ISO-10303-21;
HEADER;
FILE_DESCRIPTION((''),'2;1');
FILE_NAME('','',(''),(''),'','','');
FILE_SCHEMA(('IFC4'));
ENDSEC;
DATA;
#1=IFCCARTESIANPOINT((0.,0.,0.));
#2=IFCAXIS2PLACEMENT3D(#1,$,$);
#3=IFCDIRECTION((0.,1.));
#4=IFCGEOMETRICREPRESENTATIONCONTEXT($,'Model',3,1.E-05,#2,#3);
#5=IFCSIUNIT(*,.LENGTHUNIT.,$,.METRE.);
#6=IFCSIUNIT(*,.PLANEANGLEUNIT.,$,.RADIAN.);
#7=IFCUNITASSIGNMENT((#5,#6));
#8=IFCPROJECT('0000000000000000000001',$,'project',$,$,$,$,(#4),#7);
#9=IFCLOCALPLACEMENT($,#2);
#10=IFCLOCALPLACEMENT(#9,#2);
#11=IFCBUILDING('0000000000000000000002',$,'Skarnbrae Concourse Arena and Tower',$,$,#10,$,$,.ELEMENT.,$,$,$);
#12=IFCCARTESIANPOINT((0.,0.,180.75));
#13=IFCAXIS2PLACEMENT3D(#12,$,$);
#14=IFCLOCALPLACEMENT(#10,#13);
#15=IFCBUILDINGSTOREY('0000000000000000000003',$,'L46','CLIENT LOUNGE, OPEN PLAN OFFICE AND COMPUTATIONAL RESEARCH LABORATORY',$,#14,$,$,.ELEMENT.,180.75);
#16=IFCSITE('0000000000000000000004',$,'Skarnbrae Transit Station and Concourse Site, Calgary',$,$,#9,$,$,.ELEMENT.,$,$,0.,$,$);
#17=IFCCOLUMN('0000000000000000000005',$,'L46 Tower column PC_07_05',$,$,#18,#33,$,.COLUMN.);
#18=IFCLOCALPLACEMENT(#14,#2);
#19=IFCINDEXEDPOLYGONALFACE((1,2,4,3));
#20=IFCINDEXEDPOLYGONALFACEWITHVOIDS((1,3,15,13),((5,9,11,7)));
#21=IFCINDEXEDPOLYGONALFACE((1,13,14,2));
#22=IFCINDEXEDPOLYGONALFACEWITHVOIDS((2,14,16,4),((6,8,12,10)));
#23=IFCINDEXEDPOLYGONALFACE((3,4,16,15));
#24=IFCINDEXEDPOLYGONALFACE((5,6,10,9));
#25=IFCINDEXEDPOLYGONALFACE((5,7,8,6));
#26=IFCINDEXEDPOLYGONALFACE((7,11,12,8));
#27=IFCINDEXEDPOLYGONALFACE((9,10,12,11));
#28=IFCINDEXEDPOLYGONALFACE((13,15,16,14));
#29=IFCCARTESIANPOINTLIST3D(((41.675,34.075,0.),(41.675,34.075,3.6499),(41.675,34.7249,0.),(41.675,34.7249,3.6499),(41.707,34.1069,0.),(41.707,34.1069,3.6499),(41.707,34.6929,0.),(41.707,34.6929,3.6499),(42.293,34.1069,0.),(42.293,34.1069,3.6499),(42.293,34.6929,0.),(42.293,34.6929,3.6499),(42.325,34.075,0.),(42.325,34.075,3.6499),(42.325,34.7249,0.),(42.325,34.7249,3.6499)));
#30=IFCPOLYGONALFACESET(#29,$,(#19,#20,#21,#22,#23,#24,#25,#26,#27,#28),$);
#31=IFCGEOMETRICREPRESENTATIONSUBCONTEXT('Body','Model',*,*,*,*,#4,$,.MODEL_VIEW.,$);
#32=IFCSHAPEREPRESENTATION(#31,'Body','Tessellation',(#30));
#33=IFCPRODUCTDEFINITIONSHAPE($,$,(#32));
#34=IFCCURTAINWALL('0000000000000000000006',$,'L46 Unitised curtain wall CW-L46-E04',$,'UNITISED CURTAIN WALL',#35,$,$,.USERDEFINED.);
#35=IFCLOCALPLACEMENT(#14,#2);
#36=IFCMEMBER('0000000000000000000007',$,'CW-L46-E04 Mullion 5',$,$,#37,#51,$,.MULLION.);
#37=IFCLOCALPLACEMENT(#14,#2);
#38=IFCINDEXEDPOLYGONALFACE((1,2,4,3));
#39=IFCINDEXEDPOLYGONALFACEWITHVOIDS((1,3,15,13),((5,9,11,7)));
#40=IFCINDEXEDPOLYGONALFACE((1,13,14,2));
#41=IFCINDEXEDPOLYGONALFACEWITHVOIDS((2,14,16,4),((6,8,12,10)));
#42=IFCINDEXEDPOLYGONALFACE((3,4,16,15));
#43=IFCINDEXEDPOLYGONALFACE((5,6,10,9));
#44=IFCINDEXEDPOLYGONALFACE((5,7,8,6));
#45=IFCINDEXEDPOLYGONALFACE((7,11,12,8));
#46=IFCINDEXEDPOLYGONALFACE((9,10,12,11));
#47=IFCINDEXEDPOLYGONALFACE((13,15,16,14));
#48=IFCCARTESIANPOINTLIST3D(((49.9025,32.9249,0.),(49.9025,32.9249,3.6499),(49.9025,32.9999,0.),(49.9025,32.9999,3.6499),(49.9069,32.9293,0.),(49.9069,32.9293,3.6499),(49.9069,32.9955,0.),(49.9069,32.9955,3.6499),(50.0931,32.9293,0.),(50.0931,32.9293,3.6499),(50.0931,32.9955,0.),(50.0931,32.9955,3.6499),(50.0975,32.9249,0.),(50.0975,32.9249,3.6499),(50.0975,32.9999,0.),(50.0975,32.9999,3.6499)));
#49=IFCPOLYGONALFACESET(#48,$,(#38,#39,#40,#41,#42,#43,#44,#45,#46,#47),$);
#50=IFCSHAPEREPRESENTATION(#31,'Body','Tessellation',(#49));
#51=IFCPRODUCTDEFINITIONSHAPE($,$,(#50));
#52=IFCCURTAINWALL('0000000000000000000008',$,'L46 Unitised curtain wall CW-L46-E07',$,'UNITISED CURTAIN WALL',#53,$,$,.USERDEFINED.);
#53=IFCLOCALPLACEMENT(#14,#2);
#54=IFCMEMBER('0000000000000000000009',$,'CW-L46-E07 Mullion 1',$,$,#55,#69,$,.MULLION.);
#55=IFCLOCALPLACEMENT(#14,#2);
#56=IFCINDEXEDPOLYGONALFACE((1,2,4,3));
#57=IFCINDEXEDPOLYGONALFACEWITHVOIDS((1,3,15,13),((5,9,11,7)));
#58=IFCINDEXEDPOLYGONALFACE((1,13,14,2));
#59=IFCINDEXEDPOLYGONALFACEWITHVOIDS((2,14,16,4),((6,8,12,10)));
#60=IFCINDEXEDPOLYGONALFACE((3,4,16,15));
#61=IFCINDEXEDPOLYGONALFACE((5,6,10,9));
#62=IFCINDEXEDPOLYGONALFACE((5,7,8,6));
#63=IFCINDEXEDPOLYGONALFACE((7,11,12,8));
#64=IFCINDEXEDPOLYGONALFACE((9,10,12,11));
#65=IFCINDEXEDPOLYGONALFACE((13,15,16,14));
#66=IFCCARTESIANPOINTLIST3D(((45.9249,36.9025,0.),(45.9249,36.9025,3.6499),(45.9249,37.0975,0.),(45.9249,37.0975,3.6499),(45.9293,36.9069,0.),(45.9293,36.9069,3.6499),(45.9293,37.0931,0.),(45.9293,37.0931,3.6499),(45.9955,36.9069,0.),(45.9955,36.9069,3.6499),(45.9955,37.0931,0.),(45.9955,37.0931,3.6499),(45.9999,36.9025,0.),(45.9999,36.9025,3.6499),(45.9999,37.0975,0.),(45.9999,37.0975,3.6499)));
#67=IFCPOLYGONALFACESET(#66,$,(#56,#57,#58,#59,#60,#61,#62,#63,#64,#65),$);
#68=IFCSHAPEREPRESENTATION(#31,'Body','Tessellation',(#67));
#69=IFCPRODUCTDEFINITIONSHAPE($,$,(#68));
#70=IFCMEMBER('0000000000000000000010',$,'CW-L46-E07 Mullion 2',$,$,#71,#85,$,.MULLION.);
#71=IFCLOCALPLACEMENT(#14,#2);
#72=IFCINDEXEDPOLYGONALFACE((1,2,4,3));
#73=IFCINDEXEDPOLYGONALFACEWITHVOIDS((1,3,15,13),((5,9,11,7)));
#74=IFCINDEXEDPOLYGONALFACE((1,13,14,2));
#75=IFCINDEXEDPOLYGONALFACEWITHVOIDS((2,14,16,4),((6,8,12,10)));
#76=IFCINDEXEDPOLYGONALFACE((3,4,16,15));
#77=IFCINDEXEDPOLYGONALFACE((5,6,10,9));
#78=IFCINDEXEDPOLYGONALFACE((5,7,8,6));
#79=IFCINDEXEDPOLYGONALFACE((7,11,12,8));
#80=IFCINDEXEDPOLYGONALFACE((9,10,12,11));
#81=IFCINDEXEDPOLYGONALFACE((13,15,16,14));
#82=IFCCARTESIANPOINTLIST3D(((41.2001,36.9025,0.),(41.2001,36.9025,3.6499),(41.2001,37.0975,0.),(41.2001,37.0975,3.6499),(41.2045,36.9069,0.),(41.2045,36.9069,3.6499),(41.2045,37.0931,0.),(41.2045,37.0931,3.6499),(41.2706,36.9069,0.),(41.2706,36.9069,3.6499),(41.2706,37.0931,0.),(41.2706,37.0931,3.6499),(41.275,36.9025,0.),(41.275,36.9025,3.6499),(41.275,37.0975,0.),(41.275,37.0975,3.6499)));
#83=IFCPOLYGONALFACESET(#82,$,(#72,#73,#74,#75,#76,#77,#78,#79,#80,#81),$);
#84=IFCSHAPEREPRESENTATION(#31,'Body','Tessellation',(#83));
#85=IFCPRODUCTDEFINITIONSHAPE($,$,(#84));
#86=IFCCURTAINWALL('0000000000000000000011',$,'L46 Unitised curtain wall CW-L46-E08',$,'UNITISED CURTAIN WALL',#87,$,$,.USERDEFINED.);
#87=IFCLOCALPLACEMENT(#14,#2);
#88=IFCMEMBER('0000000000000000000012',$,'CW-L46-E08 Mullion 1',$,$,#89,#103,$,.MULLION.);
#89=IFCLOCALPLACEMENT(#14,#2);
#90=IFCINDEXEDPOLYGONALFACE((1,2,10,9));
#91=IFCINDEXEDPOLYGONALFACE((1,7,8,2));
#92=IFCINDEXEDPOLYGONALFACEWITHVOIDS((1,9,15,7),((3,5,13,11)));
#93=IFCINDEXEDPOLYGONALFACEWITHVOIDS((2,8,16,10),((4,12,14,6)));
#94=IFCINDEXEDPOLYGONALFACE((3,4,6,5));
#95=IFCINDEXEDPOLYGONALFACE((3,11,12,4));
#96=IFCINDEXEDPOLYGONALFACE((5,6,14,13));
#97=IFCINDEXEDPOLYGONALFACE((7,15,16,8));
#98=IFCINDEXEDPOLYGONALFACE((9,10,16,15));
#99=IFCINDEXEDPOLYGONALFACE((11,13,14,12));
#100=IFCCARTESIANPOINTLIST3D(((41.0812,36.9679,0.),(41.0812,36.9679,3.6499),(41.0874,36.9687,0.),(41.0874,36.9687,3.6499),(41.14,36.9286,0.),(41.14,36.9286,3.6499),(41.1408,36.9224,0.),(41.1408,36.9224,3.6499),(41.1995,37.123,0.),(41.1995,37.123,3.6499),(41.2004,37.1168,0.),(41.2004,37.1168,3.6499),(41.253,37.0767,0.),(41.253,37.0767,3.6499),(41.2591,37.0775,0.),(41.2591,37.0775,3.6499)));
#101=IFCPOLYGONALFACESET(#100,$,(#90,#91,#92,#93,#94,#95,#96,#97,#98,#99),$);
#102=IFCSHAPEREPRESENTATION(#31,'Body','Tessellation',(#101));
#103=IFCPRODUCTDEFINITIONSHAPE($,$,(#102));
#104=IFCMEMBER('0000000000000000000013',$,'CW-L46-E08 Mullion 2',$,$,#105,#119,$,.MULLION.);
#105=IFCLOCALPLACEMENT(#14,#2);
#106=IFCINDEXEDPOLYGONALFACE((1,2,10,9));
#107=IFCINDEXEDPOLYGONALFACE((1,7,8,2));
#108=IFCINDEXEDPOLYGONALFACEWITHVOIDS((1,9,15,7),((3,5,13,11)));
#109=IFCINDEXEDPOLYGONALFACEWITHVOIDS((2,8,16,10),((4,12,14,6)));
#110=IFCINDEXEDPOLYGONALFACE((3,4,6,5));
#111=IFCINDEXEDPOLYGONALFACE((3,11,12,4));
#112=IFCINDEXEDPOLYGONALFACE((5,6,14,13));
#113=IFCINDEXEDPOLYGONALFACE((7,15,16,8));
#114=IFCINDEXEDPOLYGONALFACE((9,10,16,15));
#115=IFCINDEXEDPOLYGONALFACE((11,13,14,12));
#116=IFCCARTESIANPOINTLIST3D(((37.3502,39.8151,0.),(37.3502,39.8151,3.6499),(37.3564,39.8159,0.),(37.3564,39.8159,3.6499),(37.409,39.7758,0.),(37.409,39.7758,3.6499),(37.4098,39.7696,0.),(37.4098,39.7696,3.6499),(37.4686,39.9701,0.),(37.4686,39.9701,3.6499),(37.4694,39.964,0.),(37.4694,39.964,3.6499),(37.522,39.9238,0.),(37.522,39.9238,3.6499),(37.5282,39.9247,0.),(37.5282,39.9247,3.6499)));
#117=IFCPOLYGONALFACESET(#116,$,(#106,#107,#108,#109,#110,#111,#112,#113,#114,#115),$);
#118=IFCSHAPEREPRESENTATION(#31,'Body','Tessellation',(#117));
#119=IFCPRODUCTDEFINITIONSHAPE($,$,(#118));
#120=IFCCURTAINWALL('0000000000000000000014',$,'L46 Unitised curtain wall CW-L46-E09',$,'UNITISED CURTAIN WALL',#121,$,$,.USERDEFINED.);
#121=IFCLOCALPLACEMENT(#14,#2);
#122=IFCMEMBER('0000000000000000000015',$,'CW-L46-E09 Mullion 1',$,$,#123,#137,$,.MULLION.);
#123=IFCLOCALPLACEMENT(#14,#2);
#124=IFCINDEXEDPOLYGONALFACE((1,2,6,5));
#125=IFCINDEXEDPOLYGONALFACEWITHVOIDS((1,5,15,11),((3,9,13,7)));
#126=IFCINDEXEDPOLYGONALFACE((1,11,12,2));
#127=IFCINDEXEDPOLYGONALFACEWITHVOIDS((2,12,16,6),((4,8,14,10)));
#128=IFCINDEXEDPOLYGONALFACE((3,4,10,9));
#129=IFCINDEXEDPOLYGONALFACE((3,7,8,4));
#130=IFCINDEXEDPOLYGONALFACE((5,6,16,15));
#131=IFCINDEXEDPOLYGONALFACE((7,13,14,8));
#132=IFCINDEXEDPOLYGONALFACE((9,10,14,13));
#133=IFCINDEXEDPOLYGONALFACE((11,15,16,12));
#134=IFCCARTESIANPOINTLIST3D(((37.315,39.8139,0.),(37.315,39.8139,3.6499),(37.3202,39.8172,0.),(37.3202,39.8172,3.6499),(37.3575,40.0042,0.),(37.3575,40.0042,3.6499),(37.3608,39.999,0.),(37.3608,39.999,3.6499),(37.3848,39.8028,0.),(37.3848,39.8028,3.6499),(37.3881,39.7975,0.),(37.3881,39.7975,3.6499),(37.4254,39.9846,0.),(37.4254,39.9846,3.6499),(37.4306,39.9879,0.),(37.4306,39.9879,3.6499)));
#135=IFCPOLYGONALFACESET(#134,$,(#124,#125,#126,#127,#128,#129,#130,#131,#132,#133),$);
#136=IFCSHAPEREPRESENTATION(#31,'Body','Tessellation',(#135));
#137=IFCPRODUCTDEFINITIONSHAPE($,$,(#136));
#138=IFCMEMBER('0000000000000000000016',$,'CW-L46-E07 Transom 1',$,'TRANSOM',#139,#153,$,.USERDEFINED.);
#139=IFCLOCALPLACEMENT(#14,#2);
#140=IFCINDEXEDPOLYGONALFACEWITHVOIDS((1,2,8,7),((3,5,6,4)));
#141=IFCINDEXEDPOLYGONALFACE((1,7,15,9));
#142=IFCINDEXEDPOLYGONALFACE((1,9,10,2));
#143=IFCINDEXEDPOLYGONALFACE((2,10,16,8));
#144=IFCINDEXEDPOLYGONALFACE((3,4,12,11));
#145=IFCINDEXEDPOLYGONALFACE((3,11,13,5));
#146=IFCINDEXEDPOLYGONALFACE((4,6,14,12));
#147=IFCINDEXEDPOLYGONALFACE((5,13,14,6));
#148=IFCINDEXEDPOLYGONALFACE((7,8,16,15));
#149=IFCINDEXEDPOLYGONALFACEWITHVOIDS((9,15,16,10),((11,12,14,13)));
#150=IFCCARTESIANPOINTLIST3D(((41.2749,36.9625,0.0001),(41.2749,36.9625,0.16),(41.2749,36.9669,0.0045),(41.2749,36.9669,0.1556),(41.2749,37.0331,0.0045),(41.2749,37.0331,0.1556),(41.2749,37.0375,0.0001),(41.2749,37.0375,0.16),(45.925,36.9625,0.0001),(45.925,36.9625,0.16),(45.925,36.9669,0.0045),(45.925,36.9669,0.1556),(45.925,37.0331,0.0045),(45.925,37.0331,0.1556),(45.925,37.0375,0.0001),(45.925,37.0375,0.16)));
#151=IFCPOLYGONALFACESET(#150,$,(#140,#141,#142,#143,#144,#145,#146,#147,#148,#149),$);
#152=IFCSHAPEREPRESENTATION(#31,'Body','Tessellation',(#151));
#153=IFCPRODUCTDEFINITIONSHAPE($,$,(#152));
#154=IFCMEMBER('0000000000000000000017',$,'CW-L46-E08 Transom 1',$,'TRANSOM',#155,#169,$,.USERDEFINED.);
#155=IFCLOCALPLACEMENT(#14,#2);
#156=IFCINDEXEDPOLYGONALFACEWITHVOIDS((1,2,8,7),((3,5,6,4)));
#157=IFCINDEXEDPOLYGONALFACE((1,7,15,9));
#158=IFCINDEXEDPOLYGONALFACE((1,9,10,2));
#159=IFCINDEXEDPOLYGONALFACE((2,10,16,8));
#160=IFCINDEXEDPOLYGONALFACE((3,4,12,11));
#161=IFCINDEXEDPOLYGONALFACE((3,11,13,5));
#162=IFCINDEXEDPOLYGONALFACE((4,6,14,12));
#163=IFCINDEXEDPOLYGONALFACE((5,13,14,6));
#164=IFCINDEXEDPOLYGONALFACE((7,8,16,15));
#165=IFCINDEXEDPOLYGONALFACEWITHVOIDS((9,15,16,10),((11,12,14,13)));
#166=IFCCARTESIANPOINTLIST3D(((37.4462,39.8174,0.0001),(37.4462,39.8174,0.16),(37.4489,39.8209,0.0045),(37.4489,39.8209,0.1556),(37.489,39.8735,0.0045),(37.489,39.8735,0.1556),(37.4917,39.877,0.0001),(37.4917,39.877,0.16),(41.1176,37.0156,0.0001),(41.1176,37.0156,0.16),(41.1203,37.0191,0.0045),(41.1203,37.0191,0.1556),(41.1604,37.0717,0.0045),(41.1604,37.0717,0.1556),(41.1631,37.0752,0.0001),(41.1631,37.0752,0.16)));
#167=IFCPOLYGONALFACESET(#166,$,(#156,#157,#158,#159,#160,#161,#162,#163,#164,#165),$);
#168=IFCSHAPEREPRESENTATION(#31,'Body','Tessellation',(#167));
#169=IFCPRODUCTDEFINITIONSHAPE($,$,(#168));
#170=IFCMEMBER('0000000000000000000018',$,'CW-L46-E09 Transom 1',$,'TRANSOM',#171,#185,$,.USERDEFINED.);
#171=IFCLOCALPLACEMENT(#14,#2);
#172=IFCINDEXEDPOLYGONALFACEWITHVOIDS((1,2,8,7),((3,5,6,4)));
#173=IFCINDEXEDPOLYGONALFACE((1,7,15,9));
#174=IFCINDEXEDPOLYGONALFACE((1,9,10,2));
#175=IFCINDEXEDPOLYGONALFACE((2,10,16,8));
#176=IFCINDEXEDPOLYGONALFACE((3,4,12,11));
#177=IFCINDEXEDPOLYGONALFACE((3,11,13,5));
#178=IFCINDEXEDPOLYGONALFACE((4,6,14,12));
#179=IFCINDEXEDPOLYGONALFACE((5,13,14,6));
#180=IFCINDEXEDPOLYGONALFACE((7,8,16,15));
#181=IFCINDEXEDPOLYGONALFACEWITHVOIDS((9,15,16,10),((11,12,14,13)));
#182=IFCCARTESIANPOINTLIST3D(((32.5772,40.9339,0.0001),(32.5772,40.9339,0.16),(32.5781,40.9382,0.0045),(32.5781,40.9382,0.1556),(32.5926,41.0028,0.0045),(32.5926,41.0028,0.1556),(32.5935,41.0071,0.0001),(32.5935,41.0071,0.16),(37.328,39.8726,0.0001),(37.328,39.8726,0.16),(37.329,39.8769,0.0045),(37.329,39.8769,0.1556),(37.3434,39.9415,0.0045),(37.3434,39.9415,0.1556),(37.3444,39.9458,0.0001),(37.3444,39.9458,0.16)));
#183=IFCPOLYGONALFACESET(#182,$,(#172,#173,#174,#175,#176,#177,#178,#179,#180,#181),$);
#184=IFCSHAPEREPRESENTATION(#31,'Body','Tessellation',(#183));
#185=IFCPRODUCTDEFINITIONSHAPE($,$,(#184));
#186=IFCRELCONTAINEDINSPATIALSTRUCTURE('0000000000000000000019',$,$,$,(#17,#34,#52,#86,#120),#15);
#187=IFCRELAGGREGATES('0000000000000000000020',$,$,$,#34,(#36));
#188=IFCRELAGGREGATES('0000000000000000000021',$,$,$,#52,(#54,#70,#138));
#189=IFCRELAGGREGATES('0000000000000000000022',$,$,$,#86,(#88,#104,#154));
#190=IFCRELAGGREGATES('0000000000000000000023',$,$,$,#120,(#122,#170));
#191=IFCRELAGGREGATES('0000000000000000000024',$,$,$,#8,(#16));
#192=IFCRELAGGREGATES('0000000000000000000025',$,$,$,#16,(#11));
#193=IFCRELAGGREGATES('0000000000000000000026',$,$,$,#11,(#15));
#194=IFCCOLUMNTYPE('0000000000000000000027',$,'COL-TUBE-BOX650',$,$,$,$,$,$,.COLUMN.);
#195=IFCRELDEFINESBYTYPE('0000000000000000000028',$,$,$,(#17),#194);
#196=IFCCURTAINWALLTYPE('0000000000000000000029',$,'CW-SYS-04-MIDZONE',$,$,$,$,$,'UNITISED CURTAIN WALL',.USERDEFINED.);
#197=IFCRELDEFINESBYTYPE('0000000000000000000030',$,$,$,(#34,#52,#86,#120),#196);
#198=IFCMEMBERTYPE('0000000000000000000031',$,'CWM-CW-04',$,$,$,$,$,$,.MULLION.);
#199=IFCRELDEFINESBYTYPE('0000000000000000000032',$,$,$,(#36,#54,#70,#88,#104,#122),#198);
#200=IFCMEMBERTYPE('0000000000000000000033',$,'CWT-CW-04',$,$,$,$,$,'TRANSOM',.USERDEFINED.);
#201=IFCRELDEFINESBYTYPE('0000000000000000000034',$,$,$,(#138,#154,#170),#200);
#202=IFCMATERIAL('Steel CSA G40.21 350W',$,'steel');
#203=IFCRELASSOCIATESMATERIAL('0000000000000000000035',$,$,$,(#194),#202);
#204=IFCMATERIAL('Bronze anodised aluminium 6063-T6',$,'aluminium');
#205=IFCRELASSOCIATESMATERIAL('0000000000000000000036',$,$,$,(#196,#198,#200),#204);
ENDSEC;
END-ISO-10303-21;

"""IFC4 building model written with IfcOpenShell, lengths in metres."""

from ifc_helpers import new_model, si_unit, direction, frame, origin, origin_2d, place, context, subcontext, project, spatial, hollow_rectangle, extrude, source, transform, mapped, material, material_profile, profile_set, type_object, element, aggregate, save


model = new_model("IFC4")

# Units and contexts
model_context = context("Model", 3, precision=1e-05, world=origin(), true_north=direction((0.0, 1.0)))
body_context = subcontext(model_context, "Body", "Model", "MODEL_VIEW")
ifc_project = project(units=[si_unit("LENGTHUNIT", "METRE"), si_unit("PLANEANGLEUNIT", "RADIAN")], contexts=[model_context])

# Site, building, storey
site_placement = place(None, origin())
site = spatial("IfcSite", under=ifc_project, at=site_placement, Name="Skarnbrae Transit Station and Concourse Site, Calgary", CompositionType="ELEMENT", RefElevation=0.0)
building_placement = place(site_placement, origin())
building = spatial("IfcBuilding", under=site, at=building_placement, Name="Skarnbrae Concourse Arena and Tower", CompositionType="ELEMENT")
storey_placement = place(building_placement, frame((0.0, 0.0, 180.75)))
storey = spatial("IfcBuildingStorey", under=building, at=storey_placement, Name="L46", Description="CLIENT LOUNGE, OPEN PLAN OFFICE AND COMPUTATIONAL RESEARCH LABORATORY", CompositionType="ELEMENT", Elevation=180.75)

# Column
ifc_material_1 = material(Name="Steel CSA G40.21 350W", Category="steel")
ifc_material_profile_1 = material_profile(ifc_material_1, hollow_rectangle(XDim=0.6499, YDim=0.6499, WallThickness=0.032, at=origin_2d()), Name="BOX650X650X32")
ifc_profile_set_1 = profile_set([ifc_material_profile_1], Name="Steel CSA G40.21 350W")
column_type = type_object("IfcColumnType", Name="COL-TUBE-BOX650", PredefinedType="COLUMN", material=ifc_profile_set_1)
shared_shape_1 = source(origin(), body_context, "Body", "SweptSolid", [
    extrude(hollow_rectangle(XDim=0.6499, YDim=0.6499, WallThickness=0.032, at=origin_2d()), origin(), (0.0, 0.0, 1.0), 3.6499),
])
column_placement = place(storey_placement, frame((42.0, 34.3999, 0.0), z_axis=(0.0, 0.0, 1.0), x_axis=(1.0, 0.0, 0.0)))
element("IfcColumn", 1, at=column_placement, inside=storey, type_object=column_type, Name="L46 Tower column PC_07_05", PredefinedType="COLUMN", context=body_context, shape_type="MappedRepresentation", body=[
    mapped(shared_shape_1, transform((0.0, 0.0, 0.0))),
])

# Curtain wall, member
ifc_material_2 = material(Name="Bronze anodised aluminium 6063-T6", Category="aluminium")
curtain_wall_type = type_object("IfcCurtainWallType", Name="CW-SYS-04-MIDZONE", ElementType="UNITISED CURTAIN WALL", PredefinedType="USERDEFINED", material=ifc_material_2)
curtain_wall_1_placement = place(storey_placement, origin())
curtain_wall_1 = element("IfcCurtainWall", 2, at=curtain_wall_1_placement, inside=storey, type_object=curtain_wall_type, Name="L46 Unitised curtain wall CW-L46-E04", ObjectType="UNITISED CURTAIN WALL", PredefinedType="USERDEFINED")
ifc_material_profile_2 = material_profile(ifc_material_2, hollow_rectangle(XDim=0.075, YDim=0.1951, WallThickness=0.0044, at=origin_2d()), Name="ALU-MULL-75X195")
ifc_profile_set_2 = profile_set([ifc_material_profile_2], Name="Bronze anodised aluminium 6063-T6")
member_type_1 = type_object("IfcMemberType", Name="CWM-CW-04", PredefinedType="MULLION", material=ifc_profile_set_2)
shared_shape_2 = source(origin(), body_context, "Body", "SweptSolid", [
    extrude(hollow_rectangle(XDim=0.075, YDim=0.1951, WallThickness=0.0044, at=origin_2d()), origin(), (0.0, 0.0, 1.0), 3.6499),
])
member_1_placement = place(storey_placement, frame((50.0, 32.9624, 0.0), z_axis=(0.0, 0.0, 1.0), x_axis=(0.0, 1.0, 0.0)))
member_1 = element("IfcMember", 3, at=member_1_placement, type_object=member_type_1, Name="CW-L46-E04 Mullion 5", PredefinedType="MULLION", context=body_context, shape_type="MappedRepresentation", body=[
    mapped(shared_shape_2, transform((0.0, 0.0, 0.0))),
])
aggregate(curtain_wall_1, [member_1])

# Curtain walls, members
curtain_wall_2_placement = place(storey_placement, origin())
curtain_wall_2 = element("IfcCurtainWall", 4, at=curtain_wall_2_placement, inside=storey, type_object=curtain_wall_type, Name="L46 Unitised curtain wall CW-L46-E07", ObjectType="UNITISED CURTAIN WALL", PredefinedType="USERDEFINED")
member_2_placement = place(storey_placement, frame((45.9624, 37.0, 0.0), z_axis=(0.0, 0.0, 1.0), x_axis=(-1.0, 0.0, 0.0)))
member_2 = element("IfcMember", 5, at=member_2_placement, type_object=member_type_1, Name="CW-L46-E07 Mullion 1", PredefinedType="MULLION", context=body_context, shape_type="MappedRepresentation", body=[
    mapped(shared_shape_2, transform((0.0, 0.0, 0.0))),
])
member_3_placement = place(storey_placement, frame((41.2375, 37.0, 0.0), z_axis=(0.0, 0.0, 1.0), x_axis=(-1.0, 0.0, 0.0)))
member_3 = element("IfcMember", 6, at=member_3_placement, type_object=member_type_1, Name="CW-L46-E07 Mullion 2", PredefinedType="MULLION", context=body_context, shape_type="MappedRepresentation", body=[
    mapped(shared_shape_2, transform((0.0, 0.0, 0.0))),
])
curtain_wall_3_placement = place(storey_placement, origin())
curtain_wall_3 = element("IfcCurtainWall", 7, at=curtain_wall_3_placement, inside=storey, type_object=curtain_wall_type, Name="L46 Unitised curtain wall CW-L46-E08", ObjectType="UNITISED CURTAIN WALL", PredefinedType="USERDEFINED")
member_4_placement = place(storey_placement, frame((41.1702, 37.0227, 0.0), z_axis=(0.0, 0.0, 1.0), x_axis=(-0.794956, 0.606667, 0.0)))
member_4 = element("IfcMember", 8, at=member_4_placement, type_object=member_type_1, Name="CW-L46-E08 Mullion 1", PredefinedType="MULLION", context=body_context, shape_type="MappedRepresentation", body=[
    mapped(shared_shape_2, transform((0.0, 0.0, 0.0))),
])
member_5_placement = place(storey_placement, frame((37.4392, 39.8699, 0.0), z_axis=(0.0, 0.0, 1.0), x_axis=(-0.794956, 0.606667, 0.0)))
member_5 = element("IfcMember", 9, at=member_5_placement, type_object=member_type_1, Name="CW-L46-E08 Mullion 2", PredefinedType="MULLION", context=body_context, shape_type="MappedRepresentation", body=[
    mapped(shared_shape_2, transform((0.0, 0.0, 0.0))),
])

# Curtain wall, member
curtain_wall_4_placement = place(storey_placement, origin())
curtain_wall_4 = element("IfcCurtainWall", 10, at=curtain_wall_4_placement, inside=storey, type_object=curtain_wall_type, Name="L46 Unitised curtain wall CW-L46-E09", ObjectType="UNITISED CURTAIN WALL", PredefinedType="USERDEFINED")
member_6_placement = place(storey_placement, frame((37.3728, 39.9009, 0.0), z_axis=(0.0, 0.0, 1.0), x_axis=(-0.975936, 0.218056, 0.0)))
member_6 = element("IfcMember", 11, at=member_6_placement, type_object=member_type_1, Name="CW-L46-E09 Mullion 1", PredefinedType="MULLION", context=body_context, shape_type="MappedRepresentation", body=[
    mapped(shared_shape_2, transform((0.0, 0.0, 0.0))),
])

# Members
ifc_material_profile_3 = material_profile(ifc_material_2, hollow_rectangle(XDim=0.075, YDim=0.1599, WallThickness=0.0044, at=origin_2d()), Name="ALU-TRAN-75X160")
ifc_profile_set_3 = profile_set([ifc_material_profile_3], Name="Bronze anodised aluminium 6063-T6")
member_type_2 = type_object("IfcMemberType", Name="CWT-CW-04", ElementType="TRANSOM", PredefinedType="USERDEFINED", material=ifc_profile_set_3)
shared_shape_3 = source(origin(), body_context, "Body", "SweptSolid", [
    extrude(hollow_rectangle(XDim=0.075, YDim=0.1599, WallThickness=0.0044, at=origin_2d()), origin(), (0.0, 0.0, 1.0), 4.6501),
])
member_7_placement = place(storey_placement, frame((45.925, 37.0, 0.0801), z_axis=(-1.0, 0.0, 0.0), x_axis=(0.0, -1.0, 0.0)))
member_7 = element("IfcMember", 12, at=member_7_placement, type_object=member_type_2, Name="CW-L46-E07 Transom 1", ObjectType="TRANSOM", PredefinedType="USERDEFINED", context=body_context, shape_type="MappedRepresentation", body=[
    mapped(shared_shape_3, transform((0.0, 0.0, 0.0))),
])
shared_shape_4 = source(origin(), body_context, "Body", "SweptSolid", [
    extrude(hollow_rectangle(XDim=0.075, YDim=0.1599, WallThickness=0.0044, at=origin_2d()), origin(), (0.0, 0.0, 1.0), 4.6184),
])
member_8_placement = place(storey_placement, frame((41.1404, 37.0454, 0.0801), z_axis=(-0.794961, 0.606661, 0.0), x_axis=(-0.606661, -0.794961, 0.0)))
member_8 = element("IfcMember", 13, at=member_8_placement, type_object=member_type_2, Name="CW-L46-E08 Transom 1", ObjectType="TRANSOM", PredefinedType="USERDEFINED", context=body_context, shape_type="MappedRepresentation", body=[
    mapped(shared_shape_4, transform((0.0, 0.0, 0.0))),
])
shared_shape_5 = source(origin(), body_context, "Body", "SweptSolid", [
    extrude(hollow_rectangle(XDim=0.075, YDim=0.1599, WallThickness=0.0044, at=origin_2d()), origin(), (0.0, 0.0, 1.0), 4.8679),
])
member_9_placement = place(storey_placement, frame((37.3362, 39.9092, 0.0801), z_axis=(-0.975945, 0.218019, 0.0), x_axis=(-0.218019, -0.975945, 0.0)))
member_9 = element("IfcMember", 14, at=member_9_placement, type_object=member_type_2, Name="CW-L46-E09 Transom 1", ObjectType="TRANSOM", PredefinedType="USERDEFINED", context=body_context, shape_type="MappedRepresentation", body=[
    mapped(shared_shape_5, transform((0.0, 0.0, 0.0))),
])

aggregate(curtain_wall_2, [member_2, member_3, member_7])
aggregate(curtain_wall_3, [member_4, member_5, member_8])
aggregate(curtain_wall_4, [member_6, member_9])

save(model, "model.ifc")
